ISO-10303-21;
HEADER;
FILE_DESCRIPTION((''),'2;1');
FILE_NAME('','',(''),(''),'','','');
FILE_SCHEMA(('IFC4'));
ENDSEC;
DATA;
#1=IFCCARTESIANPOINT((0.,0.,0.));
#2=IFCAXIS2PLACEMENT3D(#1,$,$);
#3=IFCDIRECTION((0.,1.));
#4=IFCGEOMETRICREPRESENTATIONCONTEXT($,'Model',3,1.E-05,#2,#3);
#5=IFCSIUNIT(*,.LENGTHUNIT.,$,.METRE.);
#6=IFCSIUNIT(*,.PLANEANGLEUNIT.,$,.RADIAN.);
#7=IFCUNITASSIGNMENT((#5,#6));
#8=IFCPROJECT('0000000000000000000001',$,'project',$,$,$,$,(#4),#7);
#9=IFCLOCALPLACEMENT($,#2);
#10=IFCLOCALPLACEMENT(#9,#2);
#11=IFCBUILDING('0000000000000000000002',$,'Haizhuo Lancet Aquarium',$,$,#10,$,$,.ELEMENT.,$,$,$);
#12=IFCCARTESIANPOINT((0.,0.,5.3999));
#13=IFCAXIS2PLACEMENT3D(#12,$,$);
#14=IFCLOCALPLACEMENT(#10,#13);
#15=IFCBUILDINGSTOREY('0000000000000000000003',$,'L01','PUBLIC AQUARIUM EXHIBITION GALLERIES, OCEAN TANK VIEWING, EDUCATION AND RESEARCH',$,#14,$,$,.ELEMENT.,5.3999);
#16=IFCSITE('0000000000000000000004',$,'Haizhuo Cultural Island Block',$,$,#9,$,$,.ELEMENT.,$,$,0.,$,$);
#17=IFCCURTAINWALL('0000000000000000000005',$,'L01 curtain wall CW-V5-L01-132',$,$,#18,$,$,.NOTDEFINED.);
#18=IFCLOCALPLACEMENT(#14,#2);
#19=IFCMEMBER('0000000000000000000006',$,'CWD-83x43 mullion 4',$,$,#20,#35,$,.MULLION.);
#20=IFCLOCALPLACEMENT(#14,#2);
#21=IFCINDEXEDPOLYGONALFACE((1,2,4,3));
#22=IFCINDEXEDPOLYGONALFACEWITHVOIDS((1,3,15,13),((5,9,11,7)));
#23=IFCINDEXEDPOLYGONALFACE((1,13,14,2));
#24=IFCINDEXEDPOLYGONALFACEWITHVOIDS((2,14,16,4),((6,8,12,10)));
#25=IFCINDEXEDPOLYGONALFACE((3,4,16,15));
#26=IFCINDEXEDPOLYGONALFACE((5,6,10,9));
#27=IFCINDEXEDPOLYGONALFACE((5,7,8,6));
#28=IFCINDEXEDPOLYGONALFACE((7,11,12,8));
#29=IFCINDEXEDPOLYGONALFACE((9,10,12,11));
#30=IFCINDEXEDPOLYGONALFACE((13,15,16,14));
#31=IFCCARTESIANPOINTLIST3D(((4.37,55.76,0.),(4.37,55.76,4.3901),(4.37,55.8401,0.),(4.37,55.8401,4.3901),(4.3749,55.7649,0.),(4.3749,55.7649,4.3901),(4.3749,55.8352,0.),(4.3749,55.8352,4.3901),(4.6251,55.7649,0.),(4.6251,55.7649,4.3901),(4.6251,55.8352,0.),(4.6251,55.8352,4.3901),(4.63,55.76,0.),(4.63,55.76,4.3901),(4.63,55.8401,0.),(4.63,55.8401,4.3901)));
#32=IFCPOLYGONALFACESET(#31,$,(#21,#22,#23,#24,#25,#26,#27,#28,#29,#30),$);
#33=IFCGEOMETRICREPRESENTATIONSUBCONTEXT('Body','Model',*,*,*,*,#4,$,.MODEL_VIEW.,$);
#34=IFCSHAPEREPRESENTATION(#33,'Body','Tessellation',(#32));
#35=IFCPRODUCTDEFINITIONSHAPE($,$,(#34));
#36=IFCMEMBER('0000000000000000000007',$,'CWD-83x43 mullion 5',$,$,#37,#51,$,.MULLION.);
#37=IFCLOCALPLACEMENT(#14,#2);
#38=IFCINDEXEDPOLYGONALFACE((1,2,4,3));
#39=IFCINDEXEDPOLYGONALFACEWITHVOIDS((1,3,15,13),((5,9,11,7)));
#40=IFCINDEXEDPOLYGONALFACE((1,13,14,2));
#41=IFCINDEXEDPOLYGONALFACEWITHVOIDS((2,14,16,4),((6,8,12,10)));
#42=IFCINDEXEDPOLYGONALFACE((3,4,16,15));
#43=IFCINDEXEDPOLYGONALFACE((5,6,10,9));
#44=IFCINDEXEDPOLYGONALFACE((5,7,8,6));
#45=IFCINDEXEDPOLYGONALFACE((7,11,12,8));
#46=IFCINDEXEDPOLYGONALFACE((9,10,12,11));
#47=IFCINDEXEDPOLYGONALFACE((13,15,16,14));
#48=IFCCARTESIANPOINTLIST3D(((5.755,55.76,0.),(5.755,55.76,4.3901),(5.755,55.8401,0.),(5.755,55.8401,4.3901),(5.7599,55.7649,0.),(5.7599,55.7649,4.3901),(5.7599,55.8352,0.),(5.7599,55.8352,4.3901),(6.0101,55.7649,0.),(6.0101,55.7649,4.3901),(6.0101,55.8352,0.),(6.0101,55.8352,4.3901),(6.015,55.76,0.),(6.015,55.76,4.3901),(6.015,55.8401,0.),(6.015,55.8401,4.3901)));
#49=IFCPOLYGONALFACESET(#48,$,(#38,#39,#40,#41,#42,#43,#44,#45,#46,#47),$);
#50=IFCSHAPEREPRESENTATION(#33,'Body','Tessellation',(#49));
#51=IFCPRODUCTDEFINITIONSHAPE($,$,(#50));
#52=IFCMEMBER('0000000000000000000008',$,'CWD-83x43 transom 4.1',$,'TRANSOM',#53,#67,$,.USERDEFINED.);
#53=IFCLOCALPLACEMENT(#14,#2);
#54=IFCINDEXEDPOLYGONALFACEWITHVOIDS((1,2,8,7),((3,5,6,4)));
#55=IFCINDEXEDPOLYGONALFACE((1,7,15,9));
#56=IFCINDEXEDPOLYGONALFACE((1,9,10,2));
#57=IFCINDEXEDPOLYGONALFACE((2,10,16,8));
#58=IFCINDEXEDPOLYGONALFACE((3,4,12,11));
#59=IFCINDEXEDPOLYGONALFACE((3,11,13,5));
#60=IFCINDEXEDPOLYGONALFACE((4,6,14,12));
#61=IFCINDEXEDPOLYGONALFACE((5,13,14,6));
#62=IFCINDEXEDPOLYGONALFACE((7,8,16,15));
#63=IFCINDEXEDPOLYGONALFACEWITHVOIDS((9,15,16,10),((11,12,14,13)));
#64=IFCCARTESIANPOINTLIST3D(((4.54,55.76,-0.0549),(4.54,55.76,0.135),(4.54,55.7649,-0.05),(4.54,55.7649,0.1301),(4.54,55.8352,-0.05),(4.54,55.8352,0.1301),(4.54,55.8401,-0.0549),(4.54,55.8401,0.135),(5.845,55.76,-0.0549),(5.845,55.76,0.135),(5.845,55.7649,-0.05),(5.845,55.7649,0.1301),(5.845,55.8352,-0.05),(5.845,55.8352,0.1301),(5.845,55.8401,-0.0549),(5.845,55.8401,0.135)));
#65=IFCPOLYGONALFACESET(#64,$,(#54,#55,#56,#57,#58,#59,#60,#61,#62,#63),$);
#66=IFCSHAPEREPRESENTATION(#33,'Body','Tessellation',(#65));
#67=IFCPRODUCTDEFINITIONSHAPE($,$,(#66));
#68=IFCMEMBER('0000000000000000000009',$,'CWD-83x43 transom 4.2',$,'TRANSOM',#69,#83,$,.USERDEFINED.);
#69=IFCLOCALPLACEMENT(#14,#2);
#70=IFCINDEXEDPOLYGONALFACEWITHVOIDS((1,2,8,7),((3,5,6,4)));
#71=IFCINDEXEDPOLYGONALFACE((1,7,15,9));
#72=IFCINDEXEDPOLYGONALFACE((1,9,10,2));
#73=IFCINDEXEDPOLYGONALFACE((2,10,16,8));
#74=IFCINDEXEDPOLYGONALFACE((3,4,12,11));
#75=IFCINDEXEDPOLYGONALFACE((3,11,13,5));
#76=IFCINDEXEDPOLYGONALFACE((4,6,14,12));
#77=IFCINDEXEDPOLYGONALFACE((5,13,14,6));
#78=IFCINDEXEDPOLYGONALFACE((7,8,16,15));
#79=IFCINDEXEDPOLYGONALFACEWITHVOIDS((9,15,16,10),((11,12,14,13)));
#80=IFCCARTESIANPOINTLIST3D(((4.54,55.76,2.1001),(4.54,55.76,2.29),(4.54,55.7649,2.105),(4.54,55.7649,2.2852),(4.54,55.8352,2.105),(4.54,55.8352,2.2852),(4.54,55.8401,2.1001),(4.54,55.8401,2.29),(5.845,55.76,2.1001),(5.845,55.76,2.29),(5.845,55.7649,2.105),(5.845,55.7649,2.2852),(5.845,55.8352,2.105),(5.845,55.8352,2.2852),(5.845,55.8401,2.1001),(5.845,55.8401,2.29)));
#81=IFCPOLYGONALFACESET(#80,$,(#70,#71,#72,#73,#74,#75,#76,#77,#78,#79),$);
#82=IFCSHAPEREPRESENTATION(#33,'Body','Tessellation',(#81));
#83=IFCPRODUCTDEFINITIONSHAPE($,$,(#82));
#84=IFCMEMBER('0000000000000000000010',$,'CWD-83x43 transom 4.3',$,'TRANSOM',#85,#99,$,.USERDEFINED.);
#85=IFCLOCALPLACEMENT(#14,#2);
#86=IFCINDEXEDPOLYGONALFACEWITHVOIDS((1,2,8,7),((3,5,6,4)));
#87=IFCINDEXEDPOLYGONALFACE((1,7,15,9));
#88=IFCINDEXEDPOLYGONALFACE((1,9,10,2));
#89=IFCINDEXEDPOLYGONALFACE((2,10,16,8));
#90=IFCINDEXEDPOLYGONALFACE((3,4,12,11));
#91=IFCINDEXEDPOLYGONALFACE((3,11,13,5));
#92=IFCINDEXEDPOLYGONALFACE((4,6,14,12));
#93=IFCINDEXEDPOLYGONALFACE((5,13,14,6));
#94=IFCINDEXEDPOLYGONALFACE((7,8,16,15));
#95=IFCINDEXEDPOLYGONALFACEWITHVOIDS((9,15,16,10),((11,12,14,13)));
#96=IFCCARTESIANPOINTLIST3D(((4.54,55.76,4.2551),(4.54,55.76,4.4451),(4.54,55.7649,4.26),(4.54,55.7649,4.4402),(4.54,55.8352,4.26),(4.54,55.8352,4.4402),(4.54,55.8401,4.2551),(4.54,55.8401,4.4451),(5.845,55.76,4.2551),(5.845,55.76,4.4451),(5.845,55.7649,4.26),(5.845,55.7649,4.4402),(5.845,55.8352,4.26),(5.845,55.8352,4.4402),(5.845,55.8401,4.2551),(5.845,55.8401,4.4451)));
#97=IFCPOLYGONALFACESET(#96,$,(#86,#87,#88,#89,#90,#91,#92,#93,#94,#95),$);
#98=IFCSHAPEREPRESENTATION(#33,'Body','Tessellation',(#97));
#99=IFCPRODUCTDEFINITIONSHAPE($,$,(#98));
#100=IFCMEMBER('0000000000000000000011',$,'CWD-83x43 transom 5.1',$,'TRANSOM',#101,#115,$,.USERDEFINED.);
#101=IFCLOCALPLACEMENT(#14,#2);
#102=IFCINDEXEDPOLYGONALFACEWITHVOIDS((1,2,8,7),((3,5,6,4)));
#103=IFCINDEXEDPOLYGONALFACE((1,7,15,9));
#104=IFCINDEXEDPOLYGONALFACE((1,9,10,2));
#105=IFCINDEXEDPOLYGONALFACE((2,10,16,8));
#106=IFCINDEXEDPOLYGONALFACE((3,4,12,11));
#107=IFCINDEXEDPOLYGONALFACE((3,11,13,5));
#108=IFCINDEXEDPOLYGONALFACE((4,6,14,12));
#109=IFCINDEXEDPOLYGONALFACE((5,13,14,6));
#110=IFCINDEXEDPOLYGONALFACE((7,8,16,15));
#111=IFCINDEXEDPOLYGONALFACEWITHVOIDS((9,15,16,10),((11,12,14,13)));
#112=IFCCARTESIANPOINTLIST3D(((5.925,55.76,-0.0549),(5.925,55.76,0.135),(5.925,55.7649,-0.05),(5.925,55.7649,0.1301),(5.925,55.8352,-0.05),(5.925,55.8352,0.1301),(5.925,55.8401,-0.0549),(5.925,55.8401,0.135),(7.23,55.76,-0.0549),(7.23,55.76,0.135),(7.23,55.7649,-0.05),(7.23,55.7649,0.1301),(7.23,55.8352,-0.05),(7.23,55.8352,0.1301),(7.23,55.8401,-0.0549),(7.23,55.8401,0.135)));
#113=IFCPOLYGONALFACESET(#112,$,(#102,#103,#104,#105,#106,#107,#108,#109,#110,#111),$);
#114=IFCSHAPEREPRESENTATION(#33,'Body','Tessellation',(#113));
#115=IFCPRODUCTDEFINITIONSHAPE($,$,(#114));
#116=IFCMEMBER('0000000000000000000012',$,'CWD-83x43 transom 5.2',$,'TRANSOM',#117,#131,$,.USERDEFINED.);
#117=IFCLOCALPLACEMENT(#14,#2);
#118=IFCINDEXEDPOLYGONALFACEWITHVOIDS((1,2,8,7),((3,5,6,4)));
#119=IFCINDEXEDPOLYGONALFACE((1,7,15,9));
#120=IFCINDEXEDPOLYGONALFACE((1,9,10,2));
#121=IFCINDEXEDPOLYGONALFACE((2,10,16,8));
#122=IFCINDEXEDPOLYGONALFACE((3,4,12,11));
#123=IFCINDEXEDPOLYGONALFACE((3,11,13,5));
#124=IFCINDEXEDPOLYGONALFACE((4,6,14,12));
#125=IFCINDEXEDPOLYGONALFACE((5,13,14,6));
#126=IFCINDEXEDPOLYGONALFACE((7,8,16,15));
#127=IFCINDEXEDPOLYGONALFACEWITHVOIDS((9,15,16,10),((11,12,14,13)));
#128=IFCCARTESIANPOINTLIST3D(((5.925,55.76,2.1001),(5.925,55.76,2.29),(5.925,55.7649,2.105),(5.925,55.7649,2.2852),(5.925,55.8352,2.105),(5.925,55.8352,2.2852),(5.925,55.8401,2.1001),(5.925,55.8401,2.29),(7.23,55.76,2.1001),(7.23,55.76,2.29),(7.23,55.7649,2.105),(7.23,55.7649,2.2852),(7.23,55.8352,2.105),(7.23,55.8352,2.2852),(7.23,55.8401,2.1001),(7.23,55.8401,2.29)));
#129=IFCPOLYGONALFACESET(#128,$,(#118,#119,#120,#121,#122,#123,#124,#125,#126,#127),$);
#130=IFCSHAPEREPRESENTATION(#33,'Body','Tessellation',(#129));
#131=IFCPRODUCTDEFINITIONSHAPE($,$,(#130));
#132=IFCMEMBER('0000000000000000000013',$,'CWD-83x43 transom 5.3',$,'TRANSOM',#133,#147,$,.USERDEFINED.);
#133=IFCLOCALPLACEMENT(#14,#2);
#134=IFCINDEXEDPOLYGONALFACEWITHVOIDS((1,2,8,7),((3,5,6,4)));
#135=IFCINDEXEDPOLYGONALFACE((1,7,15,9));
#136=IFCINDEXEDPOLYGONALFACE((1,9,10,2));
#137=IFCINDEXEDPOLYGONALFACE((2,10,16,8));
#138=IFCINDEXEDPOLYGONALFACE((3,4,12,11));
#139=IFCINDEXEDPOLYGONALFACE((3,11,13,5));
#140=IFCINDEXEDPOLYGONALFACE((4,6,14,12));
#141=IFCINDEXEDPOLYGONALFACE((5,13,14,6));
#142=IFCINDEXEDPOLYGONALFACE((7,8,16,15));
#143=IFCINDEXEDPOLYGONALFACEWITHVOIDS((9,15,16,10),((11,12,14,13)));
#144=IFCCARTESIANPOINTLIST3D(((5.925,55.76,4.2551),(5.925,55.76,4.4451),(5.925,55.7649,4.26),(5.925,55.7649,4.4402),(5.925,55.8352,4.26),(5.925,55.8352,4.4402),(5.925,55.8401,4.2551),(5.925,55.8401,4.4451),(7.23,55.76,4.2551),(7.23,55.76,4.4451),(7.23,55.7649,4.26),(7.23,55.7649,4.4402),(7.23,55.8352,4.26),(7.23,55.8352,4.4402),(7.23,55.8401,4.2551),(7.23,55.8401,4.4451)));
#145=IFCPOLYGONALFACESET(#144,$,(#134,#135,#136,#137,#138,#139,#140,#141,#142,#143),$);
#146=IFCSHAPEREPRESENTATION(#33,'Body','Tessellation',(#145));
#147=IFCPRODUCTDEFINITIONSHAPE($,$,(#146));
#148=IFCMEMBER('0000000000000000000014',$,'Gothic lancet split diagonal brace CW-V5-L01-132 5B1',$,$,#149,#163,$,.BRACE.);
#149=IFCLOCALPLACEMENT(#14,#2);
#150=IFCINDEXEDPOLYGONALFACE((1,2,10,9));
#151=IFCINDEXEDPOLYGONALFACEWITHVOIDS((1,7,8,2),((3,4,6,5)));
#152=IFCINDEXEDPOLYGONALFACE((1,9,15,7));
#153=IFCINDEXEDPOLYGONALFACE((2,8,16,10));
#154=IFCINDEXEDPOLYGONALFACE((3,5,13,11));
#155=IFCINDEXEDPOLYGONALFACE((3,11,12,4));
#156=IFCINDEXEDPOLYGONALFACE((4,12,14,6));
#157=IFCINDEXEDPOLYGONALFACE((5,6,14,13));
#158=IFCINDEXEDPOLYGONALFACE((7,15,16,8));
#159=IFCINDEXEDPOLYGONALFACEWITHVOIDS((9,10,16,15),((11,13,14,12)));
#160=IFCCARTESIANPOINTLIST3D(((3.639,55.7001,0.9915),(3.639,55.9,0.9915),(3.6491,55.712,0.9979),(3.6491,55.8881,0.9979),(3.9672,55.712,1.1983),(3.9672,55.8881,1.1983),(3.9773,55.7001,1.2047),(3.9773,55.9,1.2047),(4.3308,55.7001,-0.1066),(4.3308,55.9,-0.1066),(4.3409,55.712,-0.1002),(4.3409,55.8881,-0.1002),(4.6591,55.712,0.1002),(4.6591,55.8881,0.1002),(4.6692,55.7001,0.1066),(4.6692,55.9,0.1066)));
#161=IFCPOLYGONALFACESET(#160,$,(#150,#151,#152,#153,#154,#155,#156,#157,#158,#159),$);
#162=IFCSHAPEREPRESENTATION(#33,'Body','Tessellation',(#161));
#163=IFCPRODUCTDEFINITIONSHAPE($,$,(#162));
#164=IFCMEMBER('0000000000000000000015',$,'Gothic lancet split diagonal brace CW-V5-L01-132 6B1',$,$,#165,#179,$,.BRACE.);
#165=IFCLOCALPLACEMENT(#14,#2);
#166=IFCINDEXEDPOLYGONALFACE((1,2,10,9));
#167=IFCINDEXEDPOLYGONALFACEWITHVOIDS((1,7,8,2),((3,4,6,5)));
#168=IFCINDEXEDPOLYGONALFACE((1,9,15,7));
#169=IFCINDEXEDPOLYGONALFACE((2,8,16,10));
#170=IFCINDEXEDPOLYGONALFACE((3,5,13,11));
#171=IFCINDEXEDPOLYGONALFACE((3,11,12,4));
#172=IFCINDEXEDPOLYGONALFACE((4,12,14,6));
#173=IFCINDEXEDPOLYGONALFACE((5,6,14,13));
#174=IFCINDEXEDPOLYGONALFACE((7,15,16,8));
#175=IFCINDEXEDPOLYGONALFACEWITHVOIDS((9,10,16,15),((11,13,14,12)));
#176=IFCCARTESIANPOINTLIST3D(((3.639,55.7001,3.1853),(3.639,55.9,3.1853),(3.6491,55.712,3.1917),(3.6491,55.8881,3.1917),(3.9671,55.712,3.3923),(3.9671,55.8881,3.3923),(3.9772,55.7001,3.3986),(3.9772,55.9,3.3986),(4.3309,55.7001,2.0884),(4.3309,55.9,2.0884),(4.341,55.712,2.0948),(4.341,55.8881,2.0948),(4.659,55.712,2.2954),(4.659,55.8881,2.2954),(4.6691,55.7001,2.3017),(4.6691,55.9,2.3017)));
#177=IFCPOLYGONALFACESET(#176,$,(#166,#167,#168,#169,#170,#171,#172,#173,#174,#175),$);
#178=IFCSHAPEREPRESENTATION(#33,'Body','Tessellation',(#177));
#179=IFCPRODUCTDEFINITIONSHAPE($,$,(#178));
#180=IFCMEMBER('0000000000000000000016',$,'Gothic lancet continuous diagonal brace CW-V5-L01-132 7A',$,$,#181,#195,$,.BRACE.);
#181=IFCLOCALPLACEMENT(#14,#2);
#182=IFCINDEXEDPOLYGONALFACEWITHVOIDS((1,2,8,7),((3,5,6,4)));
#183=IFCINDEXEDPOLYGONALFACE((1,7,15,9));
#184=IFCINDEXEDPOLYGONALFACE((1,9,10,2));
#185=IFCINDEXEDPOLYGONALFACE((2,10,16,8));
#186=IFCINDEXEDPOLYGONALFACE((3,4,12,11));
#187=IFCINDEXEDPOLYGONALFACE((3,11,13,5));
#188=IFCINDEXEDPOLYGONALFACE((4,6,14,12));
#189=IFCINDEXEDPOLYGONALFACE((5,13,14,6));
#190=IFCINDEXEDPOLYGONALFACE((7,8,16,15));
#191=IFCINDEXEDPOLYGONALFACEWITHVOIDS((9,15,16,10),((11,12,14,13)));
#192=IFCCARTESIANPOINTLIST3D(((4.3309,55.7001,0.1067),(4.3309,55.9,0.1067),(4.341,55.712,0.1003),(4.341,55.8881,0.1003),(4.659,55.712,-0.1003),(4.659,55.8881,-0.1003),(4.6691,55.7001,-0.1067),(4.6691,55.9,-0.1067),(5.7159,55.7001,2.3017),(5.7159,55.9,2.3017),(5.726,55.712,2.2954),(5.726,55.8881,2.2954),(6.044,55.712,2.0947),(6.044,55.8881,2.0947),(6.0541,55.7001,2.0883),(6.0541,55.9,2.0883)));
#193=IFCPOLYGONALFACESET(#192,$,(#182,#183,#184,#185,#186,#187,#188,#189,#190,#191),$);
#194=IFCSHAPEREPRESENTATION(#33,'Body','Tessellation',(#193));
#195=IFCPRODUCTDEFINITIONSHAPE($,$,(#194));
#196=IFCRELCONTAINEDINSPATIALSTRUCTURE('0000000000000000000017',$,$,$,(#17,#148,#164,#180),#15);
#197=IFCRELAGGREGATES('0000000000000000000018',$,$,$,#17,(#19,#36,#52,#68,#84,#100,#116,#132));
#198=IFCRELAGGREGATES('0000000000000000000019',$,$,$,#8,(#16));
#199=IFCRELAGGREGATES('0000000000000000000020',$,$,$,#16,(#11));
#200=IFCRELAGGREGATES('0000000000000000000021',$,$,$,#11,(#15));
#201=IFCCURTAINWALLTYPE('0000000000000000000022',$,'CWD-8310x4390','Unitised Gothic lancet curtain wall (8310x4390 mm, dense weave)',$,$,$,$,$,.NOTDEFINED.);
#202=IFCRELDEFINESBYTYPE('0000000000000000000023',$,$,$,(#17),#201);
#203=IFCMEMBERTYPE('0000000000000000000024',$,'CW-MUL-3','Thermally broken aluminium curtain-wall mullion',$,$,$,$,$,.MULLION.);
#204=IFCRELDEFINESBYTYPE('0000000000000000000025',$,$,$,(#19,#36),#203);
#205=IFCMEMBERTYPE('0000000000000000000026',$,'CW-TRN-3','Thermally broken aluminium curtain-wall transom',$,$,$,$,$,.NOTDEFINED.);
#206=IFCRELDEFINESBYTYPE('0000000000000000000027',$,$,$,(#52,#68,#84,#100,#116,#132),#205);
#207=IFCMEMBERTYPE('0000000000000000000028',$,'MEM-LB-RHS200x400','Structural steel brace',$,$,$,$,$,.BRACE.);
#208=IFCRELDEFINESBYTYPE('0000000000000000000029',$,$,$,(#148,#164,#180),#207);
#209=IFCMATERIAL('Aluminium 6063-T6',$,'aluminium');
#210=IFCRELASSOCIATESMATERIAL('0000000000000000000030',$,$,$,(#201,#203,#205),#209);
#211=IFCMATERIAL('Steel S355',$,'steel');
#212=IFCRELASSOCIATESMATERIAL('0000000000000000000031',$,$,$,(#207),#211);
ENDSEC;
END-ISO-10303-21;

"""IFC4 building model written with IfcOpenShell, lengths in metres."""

from ifc_helpers import new_model, si_unit, direction, frame, origin, origin_2d, place, context, subcontext, project, spatial, hollow_rectangle, extrude, material, material_profile, profile_set, type_object, element, aggregate, save


model = new_model("IFC4")

# Units and contexts
model_context = context("Model", 3, precision=1e-05, world=origin(), true_north=direction((0.0, 1.0)))
body_context = subcontext(model_context, "Body", "Model", "MODEL_VIEW")
ifc_project = project(units=[si_unit("LENGTHUNIT", "METRE"), si_unit("PLANEANGLEUNIT", "RADIAN")], contexts=[model_context])

# Site, building, storey
site_placement = place(None, origin())
site = spatial("IfcSite", under=ifc_project, at=site_placement, Name="Haizhuo Cultural Island Block", CompositionType="ELEMENT", RefElevation=0.0)
building_placement = place(site_placement, origin())
building = spatial("IfcBuilding", under=site, at=building_placement, Name="Haizhuo Lancet Aquarium", CompositionType="ELEMENT")
storey_placement = place(building_placement, frame((0.0, 0.0, 5.3999)))
storey = spatial("IfcBuildingStorey", under=building, at=storey_placement, Name="L01", Description="PUBLIC AQUARIUM EXHIBITION GALLERIES, OCEAN TANK VIEWING, EDUCATION AND RESEARCH", CompositionType="ELEMENT", Elevation=5.3999)

# Curtain wall, members
ifc_material_1 = material(Name="Aluminium 6063-T6", Category="aluminium")
curtain_wall_type = type_object("IfcCurtainWallType", Name="CWD-8310x4390", Description="Unitised Gothic lancet curtain wall (8310x4390 mm, dense weave)", PredefinedType="NOTDEFINED", material=ifc_material_1)
curtain_wall_placement = place(storey_placement, origin())
curtain_wall = element("IfcCurtainWall", 1, at=curtain_wall_placement, inside=storey, type_object=curtain_wall_type, Name="L01 curtain wall CW-V5-L01-132", PredefinedType="NOTDEFINED")
ifc_material_profile_1 = material_profile(ifc_material_1, hollow_rectangle(XDim=0.0801, YDim=0.26, WallThickness=0.0049, at=origin_2d()), Name="ALU-M 80x260x5")
ifc_profile_set_1 = profile_set([ifc_material_profile_1], Name="Aluminium 6063-T6")
member_type_1 = type_object("IfcMemberType", Name="CW-MUL-3", Description="Thermally broken aluminium curtain-wall mullion", PredefinedType="MULLION", material=ifc_profile_set_1)
member_1_placement = place(storey_placement, frame((4.5, 55.8, 0.0), z_axis=(0.0, 0.0, 1.0), x_axis=(0.0, 1.0, 0.0)))
member_1 = element("IfcMember", 2, at=member_1_placement, type_object=member_type_1, Name="CWD-83x43 mullion 4", PredefinedType="MULLION", context=body_context, shape_type="SweptSolid", body=[
    extrude(hollow_rectangle(XDim=0.0801, YDim=0.26, WallThickness=0.0049, at=origin_2d()), origin(), (0.0, 0.0, 1.0), 4.3901),
])
member_2_placement = place(storey_placement, frame((5.885, 55.8, 0.0), z_axis=(0.0, 0.0, 1.0), x_axis=(0.0, 1.0, 0.0)))
member_2 = element("IfcMember", 3, at=member_2_placement, type_object=member_type_1, Name="CWD-83x43 mullion 5", PredefinedType="MULLION", context=body_context, shape_type="SweptSolid", body=[
    extrude(hollow_rectangle(XDim=0.0801, YDim=0.26, WallThickness=0.0049, at=origin_2d()), origin(), (0.0, 0.0, 1.0), 4.3901),
])
ifc_material_profile_2 = material_profile(ifc_material_1, hollow_rectangle(XDim=0.0801, YDim=0.1899, WallThickness=0.0049, at=origin_2d()), Name="ALU-T 80x190x5")
ifc_profile_set_2 = profile_set([ifc_material_profile_2], Name="Aluminium 6063-T6")
member_type_2 = type_object("IfcMemberType", Name="CW-TRN-3", Description="Thermally broken aluminium curtain-wall transom", PredefinedType="NOTDEFINED", material=ifc_profile_set_2)
member_3_placement = place(storey_placement, frame((4.54, 55.8, 0.04), z_axis=(1.0, 0.0, 0.0), x_axis=(0.0, 1.0, 0.0)))
member_3 = element("IfcMember", 4, at=member_3_placement, type_object=member_type_2, Name="CWD-83x43 transom 4.1", ObjectType="TRANSOM", PredefinedType="USERDEFINED", context=body_context, shape_type="SweptSolid", body=[
    extrude(hollow_rectangle(XDim=0.0801, YDim=0.1899, WallThickness=0.0049, at=origin_2d()), origin(), (0.0, 0.0, 1.0), 1.3049),
])
member_4_placement = place(storey_placement, frame((4.54, 55.8, 2.1951), z_axis=(1.0, 0.0, 0.0), x_axis=(0.0, 1.0, 0.0)))
member_4 = element("IfcMember", 5, at=member_4_placement, type_object=member_type_2, Name="CWD-83x43 transom 4.2", ObjectType="TRANSOM", PredefinedType="USERDEFINED", context=body_context, shape_type="SweptSolid", body=[
    extrude(hollow_rectangle(XDim=0.0801, YDim=0.1899, WallThickness=0.0049, at=origin_2d()), origin(), (0.0, 0.0, 1.0), 1.3049),
])
member_5_placement = place(storey_placement, frame((4.54, 55.8, 4.3501), z_axis=(1.0, 0.0, 0.0), x_axis=(0.0, 1.0, 0.0)))
member_5 = element("IfcMember", 6, at=member_5_placement, type_object=member_type_2, Name="CWD-83x43 transom 4.3", ObjectType="TRANSOM", PredefinedType="USERDEFINED", context=body_context, shape_type="SweptSolid", body=[
    extrude(hollow_rectangle(XDim=0.0801, YDim=0.1899, WallThickness=0.0049, at=origin_2d()), origin(), (0.0, 0.0, 1.0), 1.3049),
])
member_6_placement = place(storey_placement, frame((5.925, 55.8, 0.04), z_axis=(1.0, 0.0, 0.0), x_axis=(0.0, 1.0, 0.0)))
member_6 = element("IfcMember", 7, at=member_6_placement, type_object=member_type_2, Name="CWD-83x43 transom 5.1", ObjectType="TRANSOM", PredefinedType="USERDEFINED", context=body_context, shape_type="SweptSolid", body=[
    extrude(hollow_rectangle(XDim=0.0801, YDim=0.1899, WallThickness=0.0049, at=origin_2d()), origin(), (0.0, 0.0, 1.0), 1.3049),
])
member_7_placement = place(storey_placement, frame((5.925, 55.8, 2.1951), z_axis=(1.0, 0.0, 0.0), x_axis=(0.0, 1.0, 0.0)))
member_7 = element("IfcMember", 8, at=member_7_placement, type_object=member_type_2, Name="CWD-83x43 transom 5.2", ObjectType="TRANSOM", PredefinedType="USERDEFINED", context=body_context, shape_type="SweptSolid", body=[
    extrude(hollow_rectangle(XDim=0.0801, YDim=0.1899, WallThickness=0.0049, at=origin_2d()), origin(), (0.0, 0.0, 1.0), 1.3049),
])
member_8_placement = place(storey_placement, frame((5.925, 55.8, 4.3501), z_axis=(1.0, 0.0, 0.0), x_axis=(0.0, 1.0, 0.0)))
member_8 = element("IfcMember", 9, at=member_8_placement, type_object=member_type_2, Name="CWD-83x43 transom 5.3", ObjectType="TRANSOM", PredefinedType="USERDEFINED", context=body_context, shape_type="SweptSolid", body=[
    extrude(hollow_rectangle(XDim=0.0801, YDim=0.1899, WallThickness=0.0049, at=origin_2d()), origin(), (0.0, 0.0, 1.0), 1.3049),
])

# Members
ifc_material_2 = material(Name="Steel S355", Category="steel")
ifc_material_profile_3 = material_profile(ifc_material_2, hollow_rectangle(XDim=0.2, YDim=0.3999, WallThickness=0.012, at=origin_2d()), Name="RHS 200x400x12")
ifc_profile_set_3 = profile_set([ifc_material_profile_3], Name="Steel S355")
member_type_3 = type_object("IfcMemberType", Name="MEM-LB-RHS200x400", Description="Structural steel brace", PredefinedType="BRACE", material=ifc_profile_set_3)
member_9_placement = place(storey_placement, frame((4.5, 55.8, 0.0), z_axis=(-0.533073, 0.0, 0.846069), x_axis=(0.0, -1.0, 0.0)))
element("IfcMember", 10, at=member_9_placement, inside=storey, type_object=member_type_3, Name="Gothic lancet split diagonal brace CW-V5-L01-132 5B1", PredefinedType="BRACE", context=body_context, shape_type="SweptSolid", body=[
    extrude(hollow_rectangle(XDim=0.2, YDim=0.3999, WallThickness=0.012, at=origin_2d()), origin(), (0.0, 0.0, 1.0), 1.2979),
])
member_10_placement = place(storey_placement, frame((4.5, 55.8, 2.1951), z_axis=(-0.533497, 0.0, 0.845802), x_axis=(0.0, -1.0, 0.0)))
element("IfcMember", 11, at=member_10_placement, inside=storey, type_object=member_type_3, Name="Gothic lancet split diagonal brace CW-V5-L01-132 6B1", PredefinedType="BRACE", context=body_context, shape_type="SweptSolid", body=[
    extrude(hollow_rectangle(XDim=0.2, YDim=0.3999, WallThickness=0.012, at=origin_2d()), origin(), (0.0, 0.0, 1.0), 1.2969),
])
member_11_placement = place(storey_placement, frame((4.5, 55.8, 0.0), z_axis=(0.533621, 0.0, 0.845724), x_axis=(0.0, 1.0, 0.0)))
element("IfcMember", 12, at=member_11_placement, inside=storey, type_object=member_type_3, Name="Gothic lancet continuous diagonal brace CW-V5-L01-132 7A", PredefinedType="BRACE", context=body_context, shape_type="SweptSolid", body=[
    extrude(hollow_rectangle(XDim=0.2, YDim=0.3999, WallThickness=0.012, at=origin_2d()), origin(), (0.0, 0.0, 1.0), 2.5955),
])

aggregate(curtain_wall, [member_1, member_2, member_3, member_4, member_5, member_6, member_7, member_8])

save(model, "model.ifc")
